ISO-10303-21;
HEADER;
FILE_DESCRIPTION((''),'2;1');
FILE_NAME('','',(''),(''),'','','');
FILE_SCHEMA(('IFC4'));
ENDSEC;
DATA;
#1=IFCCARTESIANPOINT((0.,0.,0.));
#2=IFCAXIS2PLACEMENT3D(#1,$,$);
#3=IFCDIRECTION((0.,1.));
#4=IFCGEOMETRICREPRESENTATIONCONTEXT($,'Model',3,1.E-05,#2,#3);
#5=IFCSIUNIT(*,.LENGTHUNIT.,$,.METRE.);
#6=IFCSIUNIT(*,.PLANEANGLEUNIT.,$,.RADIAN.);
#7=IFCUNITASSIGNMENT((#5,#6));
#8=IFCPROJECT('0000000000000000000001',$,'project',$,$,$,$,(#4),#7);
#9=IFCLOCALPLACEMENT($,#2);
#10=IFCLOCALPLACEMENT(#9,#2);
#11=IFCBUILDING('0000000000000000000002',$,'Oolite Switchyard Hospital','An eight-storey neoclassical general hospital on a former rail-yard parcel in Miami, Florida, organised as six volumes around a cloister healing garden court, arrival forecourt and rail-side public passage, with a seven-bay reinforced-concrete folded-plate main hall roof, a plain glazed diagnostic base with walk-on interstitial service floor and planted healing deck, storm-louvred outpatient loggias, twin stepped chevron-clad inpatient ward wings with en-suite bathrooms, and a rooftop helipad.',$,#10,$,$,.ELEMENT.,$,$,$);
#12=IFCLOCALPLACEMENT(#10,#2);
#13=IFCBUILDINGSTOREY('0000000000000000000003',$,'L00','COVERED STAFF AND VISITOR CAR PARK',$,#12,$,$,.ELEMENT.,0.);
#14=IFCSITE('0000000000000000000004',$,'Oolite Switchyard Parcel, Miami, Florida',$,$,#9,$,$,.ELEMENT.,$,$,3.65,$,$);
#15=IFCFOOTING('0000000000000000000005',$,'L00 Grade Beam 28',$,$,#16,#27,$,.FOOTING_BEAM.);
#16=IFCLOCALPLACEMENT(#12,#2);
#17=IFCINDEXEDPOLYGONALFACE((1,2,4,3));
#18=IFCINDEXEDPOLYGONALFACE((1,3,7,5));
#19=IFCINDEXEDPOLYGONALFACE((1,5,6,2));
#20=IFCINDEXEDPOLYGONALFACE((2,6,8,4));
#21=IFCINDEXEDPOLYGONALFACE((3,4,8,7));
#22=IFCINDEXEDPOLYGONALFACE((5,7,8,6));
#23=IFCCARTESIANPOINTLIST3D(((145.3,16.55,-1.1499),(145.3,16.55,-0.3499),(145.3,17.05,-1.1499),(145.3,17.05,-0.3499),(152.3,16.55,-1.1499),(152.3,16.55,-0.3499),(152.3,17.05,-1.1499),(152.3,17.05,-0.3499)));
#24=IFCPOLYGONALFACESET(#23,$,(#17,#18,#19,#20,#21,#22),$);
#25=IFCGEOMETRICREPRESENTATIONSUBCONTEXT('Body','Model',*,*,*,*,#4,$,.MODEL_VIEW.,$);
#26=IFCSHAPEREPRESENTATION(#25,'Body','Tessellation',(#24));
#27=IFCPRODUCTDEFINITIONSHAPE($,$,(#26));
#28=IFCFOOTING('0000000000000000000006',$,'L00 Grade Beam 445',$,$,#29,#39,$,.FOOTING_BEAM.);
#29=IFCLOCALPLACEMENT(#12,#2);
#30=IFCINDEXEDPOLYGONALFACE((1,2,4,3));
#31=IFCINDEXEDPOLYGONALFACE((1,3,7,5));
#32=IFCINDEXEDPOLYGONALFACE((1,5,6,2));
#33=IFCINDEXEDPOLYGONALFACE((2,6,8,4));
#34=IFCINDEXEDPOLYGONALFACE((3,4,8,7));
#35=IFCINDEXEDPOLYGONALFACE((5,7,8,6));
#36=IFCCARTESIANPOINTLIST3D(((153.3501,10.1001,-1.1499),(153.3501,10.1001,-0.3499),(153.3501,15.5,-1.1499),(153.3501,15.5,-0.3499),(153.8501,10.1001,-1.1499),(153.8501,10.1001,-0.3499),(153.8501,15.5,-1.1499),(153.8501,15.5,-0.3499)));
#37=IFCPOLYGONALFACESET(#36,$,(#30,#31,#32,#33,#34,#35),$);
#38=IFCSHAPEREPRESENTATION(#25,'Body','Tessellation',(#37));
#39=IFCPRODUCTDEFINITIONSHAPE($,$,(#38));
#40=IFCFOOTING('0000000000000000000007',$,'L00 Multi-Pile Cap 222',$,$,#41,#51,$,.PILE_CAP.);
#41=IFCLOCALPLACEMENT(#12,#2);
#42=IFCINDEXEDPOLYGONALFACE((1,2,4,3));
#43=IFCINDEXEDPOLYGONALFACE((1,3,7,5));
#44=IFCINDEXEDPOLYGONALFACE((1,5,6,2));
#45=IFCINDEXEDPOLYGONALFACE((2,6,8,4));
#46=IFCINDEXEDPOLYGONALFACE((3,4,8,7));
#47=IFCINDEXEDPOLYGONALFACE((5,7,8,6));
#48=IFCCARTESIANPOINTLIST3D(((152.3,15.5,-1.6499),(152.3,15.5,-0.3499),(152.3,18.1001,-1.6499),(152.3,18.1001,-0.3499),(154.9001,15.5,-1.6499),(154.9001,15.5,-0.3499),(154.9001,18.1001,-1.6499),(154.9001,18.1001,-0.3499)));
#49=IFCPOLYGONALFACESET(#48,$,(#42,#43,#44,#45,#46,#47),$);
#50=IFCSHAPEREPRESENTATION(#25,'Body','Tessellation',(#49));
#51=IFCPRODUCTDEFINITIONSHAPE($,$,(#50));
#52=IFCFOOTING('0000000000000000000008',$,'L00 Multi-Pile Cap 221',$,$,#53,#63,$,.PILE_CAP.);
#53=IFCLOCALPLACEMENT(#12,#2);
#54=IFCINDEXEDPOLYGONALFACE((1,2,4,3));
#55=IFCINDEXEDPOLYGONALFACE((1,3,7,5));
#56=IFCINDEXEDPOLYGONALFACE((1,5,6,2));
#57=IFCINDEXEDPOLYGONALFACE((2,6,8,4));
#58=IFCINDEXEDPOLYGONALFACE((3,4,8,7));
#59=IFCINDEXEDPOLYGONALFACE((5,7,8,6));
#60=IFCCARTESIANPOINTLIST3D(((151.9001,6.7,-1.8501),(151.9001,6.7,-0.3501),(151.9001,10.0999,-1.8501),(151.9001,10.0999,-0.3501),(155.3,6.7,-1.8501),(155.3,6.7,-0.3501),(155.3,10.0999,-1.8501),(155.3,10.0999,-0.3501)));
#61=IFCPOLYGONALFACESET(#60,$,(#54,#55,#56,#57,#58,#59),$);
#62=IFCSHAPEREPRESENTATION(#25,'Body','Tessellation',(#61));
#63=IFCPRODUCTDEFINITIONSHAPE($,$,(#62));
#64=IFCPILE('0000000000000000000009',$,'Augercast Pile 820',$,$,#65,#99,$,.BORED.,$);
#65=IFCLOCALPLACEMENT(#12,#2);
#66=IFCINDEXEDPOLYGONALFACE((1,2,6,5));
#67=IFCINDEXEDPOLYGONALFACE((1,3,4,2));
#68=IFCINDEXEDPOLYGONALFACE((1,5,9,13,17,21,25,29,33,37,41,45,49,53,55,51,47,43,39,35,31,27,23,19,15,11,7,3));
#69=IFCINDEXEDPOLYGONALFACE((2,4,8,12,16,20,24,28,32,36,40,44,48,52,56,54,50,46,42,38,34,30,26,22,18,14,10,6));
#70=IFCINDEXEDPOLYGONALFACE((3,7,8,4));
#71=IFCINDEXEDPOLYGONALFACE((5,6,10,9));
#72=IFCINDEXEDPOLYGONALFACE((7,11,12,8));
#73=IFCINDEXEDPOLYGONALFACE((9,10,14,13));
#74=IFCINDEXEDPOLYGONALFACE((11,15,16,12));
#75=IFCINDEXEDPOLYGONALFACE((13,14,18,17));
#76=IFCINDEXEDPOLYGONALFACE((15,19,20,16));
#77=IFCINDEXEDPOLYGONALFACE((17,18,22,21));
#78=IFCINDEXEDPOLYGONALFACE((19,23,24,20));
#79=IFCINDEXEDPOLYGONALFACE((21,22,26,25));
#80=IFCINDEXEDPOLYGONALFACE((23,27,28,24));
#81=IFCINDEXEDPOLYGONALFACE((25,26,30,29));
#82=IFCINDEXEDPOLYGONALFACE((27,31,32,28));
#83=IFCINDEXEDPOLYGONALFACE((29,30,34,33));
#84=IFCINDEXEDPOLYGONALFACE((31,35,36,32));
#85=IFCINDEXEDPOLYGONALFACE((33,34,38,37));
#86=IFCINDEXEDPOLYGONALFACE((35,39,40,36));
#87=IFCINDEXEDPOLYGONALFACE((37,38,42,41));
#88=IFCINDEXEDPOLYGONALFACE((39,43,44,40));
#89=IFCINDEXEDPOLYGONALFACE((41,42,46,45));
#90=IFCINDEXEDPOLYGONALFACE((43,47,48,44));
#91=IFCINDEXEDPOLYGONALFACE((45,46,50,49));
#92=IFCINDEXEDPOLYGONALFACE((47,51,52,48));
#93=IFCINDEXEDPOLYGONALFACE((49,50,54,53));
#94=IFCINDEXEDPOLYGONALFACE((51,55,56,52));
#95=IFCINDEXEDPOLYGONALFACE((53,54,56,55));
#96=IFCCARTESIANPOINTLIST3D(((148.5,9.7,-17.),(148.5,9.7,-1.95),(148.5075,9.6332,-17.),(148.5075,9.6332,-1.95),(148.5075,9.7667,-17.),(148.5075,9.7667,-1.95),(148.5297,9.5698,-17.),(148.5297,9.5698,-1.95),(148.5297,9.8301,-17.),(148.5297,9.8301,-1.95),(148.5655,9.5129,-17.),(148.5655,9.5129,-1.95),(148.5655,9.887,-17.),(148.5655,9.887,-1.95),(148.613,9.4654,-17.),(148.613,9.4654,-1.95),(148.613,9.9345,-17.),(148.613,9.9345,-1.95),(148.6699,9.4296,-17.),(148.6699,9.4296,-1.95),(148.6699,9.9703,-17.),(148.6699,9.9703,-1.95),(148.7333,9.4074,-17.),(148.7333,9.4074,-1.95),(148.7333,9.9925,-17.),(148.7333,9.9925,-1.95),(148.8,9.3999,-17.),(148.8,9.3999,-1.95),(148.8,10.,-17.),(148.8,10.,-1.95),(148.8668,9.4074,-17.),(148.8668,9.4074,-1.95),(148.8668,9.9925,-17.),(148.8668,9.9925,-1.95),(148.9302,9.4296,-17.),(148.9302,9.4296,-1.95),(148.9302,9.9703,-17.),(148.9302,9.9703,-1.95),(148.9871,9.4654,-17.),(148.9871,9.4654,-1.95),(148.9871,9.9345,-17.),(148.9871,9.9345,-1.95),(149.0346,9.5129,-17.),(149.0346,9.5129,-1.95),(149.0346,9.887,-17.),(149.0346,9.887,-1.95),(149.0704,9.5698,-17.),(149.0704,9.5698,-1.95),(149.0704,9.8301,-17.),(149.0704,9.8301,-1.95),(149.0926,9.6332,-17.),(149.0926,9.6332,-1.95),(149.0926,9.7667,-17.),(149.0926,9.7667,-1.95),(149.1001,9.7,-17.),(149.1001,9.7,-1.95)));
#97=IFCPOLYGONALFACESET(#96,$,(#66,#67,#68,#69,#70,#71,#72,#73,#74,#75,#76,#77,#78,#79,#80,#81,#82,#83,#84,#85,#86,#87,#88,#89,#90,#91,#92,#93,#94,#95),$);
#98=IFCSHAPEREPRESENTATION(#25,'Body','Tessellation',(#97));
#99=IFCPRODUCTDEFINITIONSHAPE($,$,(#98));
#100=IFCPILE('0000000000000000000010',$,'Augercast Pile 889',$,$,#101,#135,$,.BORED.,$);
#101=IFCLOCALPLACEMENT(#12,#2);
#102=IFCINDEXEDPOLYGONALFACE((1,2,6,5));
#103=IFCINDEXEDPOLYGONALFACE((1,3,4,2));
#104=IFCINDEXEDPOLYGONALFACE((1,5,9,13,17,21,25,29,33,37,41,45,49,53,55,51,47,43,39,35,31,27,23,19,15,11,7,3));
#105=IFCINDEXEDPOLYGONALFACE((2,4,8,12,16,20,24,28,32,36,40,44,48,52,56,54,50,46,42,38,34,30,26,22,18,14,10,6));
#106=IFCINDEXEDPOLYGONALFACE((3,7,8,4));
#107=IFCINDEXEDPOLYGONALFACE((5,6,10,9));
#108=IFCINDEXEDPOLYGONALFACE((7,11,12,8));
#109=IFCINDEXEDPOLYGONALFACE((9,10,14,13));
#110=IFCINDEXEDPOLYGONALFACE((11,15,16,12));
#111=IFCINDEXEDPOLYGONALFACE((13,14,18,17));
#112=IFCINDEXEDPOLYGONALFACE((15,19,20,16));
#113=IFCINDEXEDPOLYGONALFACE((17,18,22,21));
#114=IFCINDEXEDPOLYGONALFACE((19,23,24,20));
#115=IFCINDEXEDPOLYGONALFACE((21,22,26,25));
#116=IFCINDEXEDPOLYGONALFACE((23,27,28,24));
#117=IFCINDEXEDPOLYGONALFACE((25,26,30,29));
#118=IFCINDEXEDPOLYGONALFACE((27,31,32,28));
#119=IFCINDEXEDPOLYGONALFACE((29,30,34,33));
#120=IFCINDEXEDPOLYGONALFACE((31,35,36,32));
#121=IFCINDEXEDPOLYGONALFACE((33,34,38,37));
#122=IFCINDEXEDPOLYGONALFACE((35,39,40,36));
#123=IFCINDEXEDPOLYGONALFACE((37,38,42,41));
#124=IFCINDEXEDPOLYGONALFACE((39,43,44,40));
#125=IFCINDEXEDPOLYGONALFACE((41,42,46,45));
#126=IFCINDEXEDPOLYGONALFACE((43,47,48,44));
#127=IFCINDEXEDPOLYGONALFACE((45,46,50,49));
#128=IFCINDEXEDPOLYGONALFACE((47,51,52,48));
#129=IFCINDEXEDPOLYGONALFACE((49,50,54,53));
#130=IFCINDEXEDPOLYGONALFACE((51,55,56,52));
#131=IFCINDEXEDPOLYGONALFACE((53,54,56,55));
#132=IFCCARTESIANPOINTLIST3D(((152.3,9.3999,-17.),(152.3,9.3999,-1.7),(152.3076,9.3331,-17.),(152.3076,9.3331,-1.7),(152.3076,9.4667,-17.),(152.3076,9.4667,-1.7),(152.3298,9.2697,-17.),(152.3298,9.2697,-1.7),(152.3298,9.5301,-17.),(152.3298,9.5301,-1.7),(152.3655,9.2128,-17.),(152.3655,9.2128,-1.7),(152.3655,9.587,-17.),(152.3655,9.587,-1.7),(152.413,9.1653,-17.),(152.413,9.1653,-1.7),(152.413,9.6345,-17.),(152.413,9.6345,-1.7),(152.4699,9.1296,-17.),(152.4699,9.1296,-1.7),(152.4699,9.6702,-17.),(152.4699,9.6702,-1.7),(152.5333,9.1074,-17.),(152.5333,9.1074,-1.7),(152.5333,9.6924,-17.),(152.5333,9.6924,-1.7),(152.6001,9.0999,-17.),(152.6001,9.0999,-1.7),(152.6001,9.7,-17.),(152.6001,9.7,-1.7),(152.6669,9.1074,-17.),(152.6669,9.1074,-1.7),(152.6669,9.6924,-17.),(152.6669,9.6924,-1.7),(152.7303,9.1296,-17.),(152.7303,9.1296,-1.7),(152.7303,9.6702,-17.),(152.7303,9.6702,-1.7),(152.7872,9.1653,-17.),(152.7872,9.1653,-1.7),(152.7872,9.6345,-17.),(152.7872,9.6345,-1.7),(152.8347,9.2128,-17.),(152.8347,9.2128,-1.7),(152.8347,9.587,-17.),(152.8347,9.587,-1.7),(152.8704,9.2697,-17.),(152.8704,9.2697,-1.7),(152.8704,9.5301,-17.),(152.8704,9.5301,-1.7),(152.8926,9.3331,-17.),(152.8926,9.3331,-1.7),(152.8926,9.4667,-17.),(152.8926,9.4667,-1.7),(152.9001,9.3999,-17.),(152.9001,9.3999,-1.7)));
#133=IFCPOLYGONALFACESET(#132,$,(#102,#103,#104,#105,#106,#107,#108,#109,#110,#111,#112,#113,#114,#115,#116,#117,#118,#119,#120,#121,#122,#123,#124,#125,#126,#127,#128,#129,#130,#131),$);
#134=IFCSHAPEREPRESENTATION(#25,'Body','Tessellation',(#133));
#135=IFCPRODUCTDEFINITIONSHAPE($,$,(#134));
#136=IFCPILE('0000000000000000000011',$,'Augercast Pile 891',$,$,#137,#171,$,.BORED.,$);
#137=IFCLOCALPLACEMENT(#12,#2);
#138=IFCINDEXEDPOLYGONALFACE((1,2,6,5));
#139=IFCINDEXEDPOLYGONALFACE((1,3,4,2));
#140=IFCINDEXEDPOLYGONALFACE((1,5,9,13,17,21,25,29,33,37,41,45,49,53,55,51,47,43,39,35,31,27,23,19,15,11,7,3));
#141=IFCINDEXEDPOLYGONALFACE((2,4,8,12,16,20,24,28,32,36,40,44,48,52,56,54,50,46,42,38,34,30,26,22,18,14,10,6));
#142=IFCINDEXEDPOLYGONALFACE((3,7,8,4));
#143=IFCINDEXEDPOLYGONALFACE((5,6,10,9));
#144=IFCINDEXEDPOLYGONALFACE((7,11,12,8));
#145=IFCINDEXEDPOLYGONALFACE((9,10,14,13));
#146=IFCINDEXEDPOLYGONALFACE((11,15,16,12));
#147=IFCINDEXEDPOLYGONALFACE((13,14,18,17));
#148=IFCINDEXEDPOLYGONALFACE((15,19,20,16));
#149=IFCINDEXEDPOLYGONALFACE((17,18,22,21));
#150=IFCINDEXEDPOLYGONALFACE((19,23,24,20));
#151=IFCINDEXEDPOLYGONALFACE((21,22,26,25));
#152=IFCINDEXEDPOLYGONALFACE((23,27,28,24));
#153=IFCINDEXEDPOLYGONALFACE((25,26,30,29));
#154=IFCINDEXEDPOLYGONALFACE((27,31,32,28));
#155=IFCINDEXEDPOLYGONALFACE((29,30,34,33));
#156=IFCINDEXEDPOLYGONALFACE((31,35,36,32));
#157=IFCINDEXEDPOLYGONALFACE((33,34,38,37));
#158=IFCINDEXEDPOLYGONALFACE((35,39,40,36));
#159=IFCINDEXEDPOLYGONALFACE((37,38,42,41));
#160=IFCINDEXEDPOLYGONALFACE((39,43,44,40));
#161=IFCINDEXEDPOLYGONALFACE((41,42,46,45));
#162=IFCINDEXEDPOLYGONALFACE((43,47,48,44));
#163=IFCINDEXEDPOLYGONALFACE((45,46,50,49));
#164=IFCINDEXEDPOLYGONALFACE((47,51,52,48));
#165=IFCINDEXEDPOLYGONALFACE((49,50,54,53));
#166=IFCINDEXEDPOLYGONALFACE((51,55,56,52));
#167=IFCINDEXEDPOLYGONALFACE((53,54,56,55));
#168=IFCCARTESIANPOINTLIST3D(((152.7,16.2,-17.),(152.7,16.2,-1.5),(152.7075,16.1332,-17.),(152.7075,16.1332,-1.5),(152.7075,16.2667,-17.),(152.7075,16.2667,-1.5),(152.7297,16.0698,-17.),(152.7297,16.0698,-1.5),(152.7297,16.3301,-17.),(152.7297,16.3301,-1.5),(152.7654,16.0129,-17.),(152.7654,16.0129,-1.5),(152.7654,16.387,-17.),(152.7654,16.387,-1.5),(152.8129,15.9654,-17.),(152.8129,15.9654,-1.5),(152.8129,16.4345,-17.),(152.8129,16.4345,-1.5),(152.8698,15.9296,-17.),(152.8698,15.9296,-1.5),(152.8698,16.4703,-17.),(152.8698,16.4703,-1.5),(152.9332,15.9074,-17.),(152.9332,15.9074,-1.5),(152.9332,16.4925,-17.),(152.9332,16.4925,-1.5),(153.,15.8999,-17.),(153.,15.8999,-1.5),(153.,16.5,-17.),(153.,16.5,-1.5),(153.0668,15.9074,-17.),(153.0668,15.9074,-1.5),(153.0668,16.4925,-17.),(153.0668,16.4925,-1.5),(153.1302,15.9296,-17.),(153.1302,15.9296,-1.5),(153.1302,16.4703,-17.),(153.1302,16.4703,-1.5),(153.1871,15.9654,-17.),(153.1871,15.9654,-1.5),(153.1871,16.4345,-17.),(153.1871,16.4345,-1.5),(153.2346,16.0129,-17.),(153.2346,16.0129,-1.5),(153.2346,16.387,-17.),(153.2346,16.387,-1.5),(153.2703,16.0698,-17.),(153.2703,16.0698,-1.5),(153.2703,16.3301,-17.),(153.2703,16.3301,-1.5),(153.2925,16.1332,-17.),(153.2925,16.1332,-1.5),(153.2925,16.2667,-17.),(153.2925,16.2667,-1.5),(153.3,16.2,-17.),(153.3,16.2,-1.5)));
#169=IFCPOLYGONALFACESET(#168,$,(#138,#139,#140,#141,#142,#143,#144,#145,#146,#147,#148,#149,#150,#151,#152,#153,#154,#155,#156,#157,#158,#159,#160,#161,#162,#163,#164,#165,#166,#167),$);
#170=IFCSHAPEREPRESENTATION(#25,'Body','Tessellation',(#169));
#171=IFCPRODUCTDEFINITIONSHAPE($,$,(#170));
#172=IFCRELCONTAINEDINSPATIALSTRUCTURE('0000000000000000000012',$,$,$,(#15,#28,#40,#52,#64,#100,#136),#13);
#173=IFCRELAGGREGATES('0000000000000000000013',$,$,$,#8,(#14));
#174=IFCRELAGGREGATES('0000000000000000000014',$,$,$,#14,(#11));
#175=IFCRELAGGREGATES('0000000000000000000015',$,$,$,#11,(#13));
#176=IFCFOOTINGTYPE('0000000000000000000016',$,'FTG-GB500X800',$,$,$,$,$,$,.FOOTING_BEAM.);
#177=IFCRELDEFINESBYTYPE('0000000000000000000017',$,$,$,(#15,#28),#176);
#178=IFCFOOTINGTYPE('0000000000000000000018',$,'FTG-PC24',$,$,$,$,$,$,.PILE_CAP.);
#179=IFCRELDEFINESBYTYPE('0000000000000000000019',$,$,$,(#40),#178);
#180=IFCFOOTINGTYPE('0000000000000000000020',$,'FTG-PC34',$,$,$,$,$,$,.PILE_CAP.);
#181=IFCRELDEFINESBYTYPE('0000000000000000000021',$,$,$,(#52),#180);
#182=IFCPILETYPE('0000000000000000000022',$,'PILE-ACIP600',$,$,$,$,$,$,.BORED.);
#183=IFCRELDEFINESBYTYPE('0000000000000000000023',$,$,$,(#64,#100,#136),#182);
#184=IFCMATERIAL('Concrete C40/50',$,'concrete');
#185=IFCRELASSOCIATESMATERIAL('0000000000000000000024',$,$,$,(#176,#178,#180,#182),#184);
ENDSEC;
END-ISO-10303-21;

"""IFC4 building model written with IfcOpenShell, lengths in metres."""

from ifc_helpers import new_model, si_unit, direction, frame, origin, origin_2d, place, context, subcontext, project, spatial, rectangle, circle, extrude, material, material_profile, profile_set, type_object, element, save


model = new_model("IFC4")

# Units and contexts
model_context = context("Model", 3, precision=1e-05, world=origin(), true_north=direction((0.0, 1.0)))
body_context = subcontext(model_context, "Body", "Model", "MODEL_VIEW")
ifc_project = project(units=[si_unit("LENGTHUNIT", "METRE"), si_unit("PLANEANGLEUNIT", "RADIAN")], contexts=[model_context])

# Site, building, storey
site_placement = place(None, origin())
site = spatial("IfcSite", under=ifc_project, at=site_placement, Name="Oolite Switchyard Parcel, Miami, Florida", CompositionType="ELEMENT", RefElevation=3.65)
building_placement = place(site_placement, origin())
building = spatial("IfcBuilding", under=site, at=building_placement, Name="Oolite Switchyard Hospital", Description="An eight-storey neoclassical general hospital on a former rail-yard parcel in Miami, Florida, organised as six volumes around a cloister healing garden court, arrival forecourt and rail-side public passage, with a seven-bay reinforced-concrete folded-plate main hall roof, a plain glazed diagnostic base with walk-on interstitial service floor and planted healing deck, storm-louvred outpatient loggias, twin stepped chevron-clad inpatient ward wings with en-suite bathrooms, and a rooftop helipad.", CompositionType="ELEMENT")
storey_placement = place(building_placement, origin())
storey = spatial("IfcBuildingStorey", under=building, at=storey_placement, Name="L00", Description="COVERED STAFF AND VISITOR CAR PARK", CompositionType="ELEMENT", Elevation=0.0)

# Footings
ifc_material_1 = material(Name="Concrete C40/50", Category="concrete")
footing_type_1 = type_object("IfcFootingType", Name="FTG-GB500X800", PredefinedType="FOOTING_BEAM", material=ifc_material_1)
footing_1_placement = place(storey_placement, frame((148.8, 16.8, -1.1499), z_axis=(0.0, 0.0, 1.0), x_axis=(1.0, 0.0, 0.0)))
element("IfcFooting", 1, at=footing_1_placement, inside=storey, type_object=footing_type_1, Name="L00 Grade Beam 28", PredefinedType="FOOTING_BEAM", context=body_context, shape_type="SweptSolid", body=[
    extrude(rectangle(XDim=7.0, YDim=0.5, at=origin_2d()), origin(), (0.0, 0.0, 1.0), 0.8),
])
footing_2_placement = place(storey_placement, frame((153.6001, 12.8, -1.1499), z_axis=(0.0, 0.0, 1.0), x_axis=(0.0, 1.0, 0.0)))
element("IfcFooting", 2, at=footing_2_placement, inside=storey, type_object=footing_type_1, Name="L00 Grade Beam 445", PredefinedType="FOOTING_BEAM", context=body_context, shape_type="SweptSolid", body=[
    extrude(rectangle(XDim=5.3999, YDim=0.5, at=origin_2d()), origin(), (0.0, 0.0, 1.0), 0.8),
])
footing_type_2 = type_object("IfcFootingType", Name="FTG-PC24", PredefinedType="PILE_CAP", material=ifc_material_1)
footing_3_placement = place(storey_placement, frame((153.6001, 16.8, -1.6499), z_axis=(0.0, 0.0, 1.0), x_axis=(1.0, 0.0, 0.0)))
element("IfcFooting", 3, at=footing_3_placement, inside=storey, type_object=footing_type_2, Name="L00 Multi-Pile Cap 222", PredefinedType="PILE_CAP", context=body_context, shape_type="SweptSolid", body=[
    extrude(rectangle(XDim=2.6001, YDim=2.6001, at=origin_2d()), origin(), (0.0, 0.0, 1.0), 1.3),
])
footing_type_3 = type_object("IfcFootingType", Name="FTG-PC34", PredefinedType="PILE_CAP", material=ifc_material_1)
footing_4_placement = place(storey_placement, frame((153.6001, 8.3999, -1.8501), z_axis=(0.0, 0.0, 1.0), x_axis=(1.0, 0.0, 0.0)))
element("IfcFooting", 4, at=footing_4_placement, inside=storey, type_object=footing_type_3, Name="L00 Multi-Pile Cap 221", PredefinedType="PILE_CAP", context=body_context, shape_type="SweptSolid", body=[
    extrude(rectangle(XDim=3.3999, YDim=3.3999, at=origin_2d()), origin(), (0.0, 0.0, 1.0), 1.5),
])

# Piles
ifc_material_profile_1 = material_profile(ifc_material_1, circle(Radius=0.3, at=origin_2d()), Name="PILE600")
ifc_profile_set_1 = profile_set([ifc_material_profile_1], Name="Concrete C40/50")
pile_type = type_object("IfcPileType", Name="PILE-ACIP600", PredefinedType="BORED", material=ifc_profile_set_1)
pile_1_placement = place(storey_placement, frame((148.8, 9.7, -1.95), z_axis=(0.0, 0.0, -1.0), x_axis=(1.0, 0.0, 0.0)))
element("IfcPile", 5, at=pile_1_placement, inside=storey, type_object=pile_type, Name="Augercast Pile 820", PredefinedType="BORED", context=body_context, shape_type="SweptSolid", body=[
    extrude(circle(Radius=0.3, at=origin_2d()), origin(), (0.0, 0.0, 1.0), 15.05),
])
pile_2_placement = place(storey_placement, frame((152.6001, 9.3999, -1.7), z_axis=(0.0, 0.0, -1.0), x_axis=(1.0, 0.0, 0.0)))
element("IfcPile", 6, at=pile_2_placement, inside=storey, type_object=pile_type, Name="Augercast Pile 889", PredefinedType="BORED", context=body_context, shape_type="SweptSolid", body=[
    extrude(circle(Radius=0.3, at=origin_2d()), origin(), (0.0, 0.0, 1.0), 15.3),
])
for number, where, z_axis, x_axis, name in (
    (7, (153.0, 16.2, -1.5), (0.0, 0.0, -1.0), (1.0, 0.0, 0.0), "Augercast Pile 891"),
):
    element("IfcPile", number, at=place(storey_placement, frame(where, z_axis=z_axis, x_axis=x_axis)), inside=storey, type_object=pile_type, Name=name, PredefinedType="BORED", context=body_context, shape_type="SweptSolid", body=[
        extrude(circle(Radius=0.3, at=origin_2d()), origin(), (0.0, 0.0, 1.0), 15.5),
    ])

save(model, "model.ifc")
